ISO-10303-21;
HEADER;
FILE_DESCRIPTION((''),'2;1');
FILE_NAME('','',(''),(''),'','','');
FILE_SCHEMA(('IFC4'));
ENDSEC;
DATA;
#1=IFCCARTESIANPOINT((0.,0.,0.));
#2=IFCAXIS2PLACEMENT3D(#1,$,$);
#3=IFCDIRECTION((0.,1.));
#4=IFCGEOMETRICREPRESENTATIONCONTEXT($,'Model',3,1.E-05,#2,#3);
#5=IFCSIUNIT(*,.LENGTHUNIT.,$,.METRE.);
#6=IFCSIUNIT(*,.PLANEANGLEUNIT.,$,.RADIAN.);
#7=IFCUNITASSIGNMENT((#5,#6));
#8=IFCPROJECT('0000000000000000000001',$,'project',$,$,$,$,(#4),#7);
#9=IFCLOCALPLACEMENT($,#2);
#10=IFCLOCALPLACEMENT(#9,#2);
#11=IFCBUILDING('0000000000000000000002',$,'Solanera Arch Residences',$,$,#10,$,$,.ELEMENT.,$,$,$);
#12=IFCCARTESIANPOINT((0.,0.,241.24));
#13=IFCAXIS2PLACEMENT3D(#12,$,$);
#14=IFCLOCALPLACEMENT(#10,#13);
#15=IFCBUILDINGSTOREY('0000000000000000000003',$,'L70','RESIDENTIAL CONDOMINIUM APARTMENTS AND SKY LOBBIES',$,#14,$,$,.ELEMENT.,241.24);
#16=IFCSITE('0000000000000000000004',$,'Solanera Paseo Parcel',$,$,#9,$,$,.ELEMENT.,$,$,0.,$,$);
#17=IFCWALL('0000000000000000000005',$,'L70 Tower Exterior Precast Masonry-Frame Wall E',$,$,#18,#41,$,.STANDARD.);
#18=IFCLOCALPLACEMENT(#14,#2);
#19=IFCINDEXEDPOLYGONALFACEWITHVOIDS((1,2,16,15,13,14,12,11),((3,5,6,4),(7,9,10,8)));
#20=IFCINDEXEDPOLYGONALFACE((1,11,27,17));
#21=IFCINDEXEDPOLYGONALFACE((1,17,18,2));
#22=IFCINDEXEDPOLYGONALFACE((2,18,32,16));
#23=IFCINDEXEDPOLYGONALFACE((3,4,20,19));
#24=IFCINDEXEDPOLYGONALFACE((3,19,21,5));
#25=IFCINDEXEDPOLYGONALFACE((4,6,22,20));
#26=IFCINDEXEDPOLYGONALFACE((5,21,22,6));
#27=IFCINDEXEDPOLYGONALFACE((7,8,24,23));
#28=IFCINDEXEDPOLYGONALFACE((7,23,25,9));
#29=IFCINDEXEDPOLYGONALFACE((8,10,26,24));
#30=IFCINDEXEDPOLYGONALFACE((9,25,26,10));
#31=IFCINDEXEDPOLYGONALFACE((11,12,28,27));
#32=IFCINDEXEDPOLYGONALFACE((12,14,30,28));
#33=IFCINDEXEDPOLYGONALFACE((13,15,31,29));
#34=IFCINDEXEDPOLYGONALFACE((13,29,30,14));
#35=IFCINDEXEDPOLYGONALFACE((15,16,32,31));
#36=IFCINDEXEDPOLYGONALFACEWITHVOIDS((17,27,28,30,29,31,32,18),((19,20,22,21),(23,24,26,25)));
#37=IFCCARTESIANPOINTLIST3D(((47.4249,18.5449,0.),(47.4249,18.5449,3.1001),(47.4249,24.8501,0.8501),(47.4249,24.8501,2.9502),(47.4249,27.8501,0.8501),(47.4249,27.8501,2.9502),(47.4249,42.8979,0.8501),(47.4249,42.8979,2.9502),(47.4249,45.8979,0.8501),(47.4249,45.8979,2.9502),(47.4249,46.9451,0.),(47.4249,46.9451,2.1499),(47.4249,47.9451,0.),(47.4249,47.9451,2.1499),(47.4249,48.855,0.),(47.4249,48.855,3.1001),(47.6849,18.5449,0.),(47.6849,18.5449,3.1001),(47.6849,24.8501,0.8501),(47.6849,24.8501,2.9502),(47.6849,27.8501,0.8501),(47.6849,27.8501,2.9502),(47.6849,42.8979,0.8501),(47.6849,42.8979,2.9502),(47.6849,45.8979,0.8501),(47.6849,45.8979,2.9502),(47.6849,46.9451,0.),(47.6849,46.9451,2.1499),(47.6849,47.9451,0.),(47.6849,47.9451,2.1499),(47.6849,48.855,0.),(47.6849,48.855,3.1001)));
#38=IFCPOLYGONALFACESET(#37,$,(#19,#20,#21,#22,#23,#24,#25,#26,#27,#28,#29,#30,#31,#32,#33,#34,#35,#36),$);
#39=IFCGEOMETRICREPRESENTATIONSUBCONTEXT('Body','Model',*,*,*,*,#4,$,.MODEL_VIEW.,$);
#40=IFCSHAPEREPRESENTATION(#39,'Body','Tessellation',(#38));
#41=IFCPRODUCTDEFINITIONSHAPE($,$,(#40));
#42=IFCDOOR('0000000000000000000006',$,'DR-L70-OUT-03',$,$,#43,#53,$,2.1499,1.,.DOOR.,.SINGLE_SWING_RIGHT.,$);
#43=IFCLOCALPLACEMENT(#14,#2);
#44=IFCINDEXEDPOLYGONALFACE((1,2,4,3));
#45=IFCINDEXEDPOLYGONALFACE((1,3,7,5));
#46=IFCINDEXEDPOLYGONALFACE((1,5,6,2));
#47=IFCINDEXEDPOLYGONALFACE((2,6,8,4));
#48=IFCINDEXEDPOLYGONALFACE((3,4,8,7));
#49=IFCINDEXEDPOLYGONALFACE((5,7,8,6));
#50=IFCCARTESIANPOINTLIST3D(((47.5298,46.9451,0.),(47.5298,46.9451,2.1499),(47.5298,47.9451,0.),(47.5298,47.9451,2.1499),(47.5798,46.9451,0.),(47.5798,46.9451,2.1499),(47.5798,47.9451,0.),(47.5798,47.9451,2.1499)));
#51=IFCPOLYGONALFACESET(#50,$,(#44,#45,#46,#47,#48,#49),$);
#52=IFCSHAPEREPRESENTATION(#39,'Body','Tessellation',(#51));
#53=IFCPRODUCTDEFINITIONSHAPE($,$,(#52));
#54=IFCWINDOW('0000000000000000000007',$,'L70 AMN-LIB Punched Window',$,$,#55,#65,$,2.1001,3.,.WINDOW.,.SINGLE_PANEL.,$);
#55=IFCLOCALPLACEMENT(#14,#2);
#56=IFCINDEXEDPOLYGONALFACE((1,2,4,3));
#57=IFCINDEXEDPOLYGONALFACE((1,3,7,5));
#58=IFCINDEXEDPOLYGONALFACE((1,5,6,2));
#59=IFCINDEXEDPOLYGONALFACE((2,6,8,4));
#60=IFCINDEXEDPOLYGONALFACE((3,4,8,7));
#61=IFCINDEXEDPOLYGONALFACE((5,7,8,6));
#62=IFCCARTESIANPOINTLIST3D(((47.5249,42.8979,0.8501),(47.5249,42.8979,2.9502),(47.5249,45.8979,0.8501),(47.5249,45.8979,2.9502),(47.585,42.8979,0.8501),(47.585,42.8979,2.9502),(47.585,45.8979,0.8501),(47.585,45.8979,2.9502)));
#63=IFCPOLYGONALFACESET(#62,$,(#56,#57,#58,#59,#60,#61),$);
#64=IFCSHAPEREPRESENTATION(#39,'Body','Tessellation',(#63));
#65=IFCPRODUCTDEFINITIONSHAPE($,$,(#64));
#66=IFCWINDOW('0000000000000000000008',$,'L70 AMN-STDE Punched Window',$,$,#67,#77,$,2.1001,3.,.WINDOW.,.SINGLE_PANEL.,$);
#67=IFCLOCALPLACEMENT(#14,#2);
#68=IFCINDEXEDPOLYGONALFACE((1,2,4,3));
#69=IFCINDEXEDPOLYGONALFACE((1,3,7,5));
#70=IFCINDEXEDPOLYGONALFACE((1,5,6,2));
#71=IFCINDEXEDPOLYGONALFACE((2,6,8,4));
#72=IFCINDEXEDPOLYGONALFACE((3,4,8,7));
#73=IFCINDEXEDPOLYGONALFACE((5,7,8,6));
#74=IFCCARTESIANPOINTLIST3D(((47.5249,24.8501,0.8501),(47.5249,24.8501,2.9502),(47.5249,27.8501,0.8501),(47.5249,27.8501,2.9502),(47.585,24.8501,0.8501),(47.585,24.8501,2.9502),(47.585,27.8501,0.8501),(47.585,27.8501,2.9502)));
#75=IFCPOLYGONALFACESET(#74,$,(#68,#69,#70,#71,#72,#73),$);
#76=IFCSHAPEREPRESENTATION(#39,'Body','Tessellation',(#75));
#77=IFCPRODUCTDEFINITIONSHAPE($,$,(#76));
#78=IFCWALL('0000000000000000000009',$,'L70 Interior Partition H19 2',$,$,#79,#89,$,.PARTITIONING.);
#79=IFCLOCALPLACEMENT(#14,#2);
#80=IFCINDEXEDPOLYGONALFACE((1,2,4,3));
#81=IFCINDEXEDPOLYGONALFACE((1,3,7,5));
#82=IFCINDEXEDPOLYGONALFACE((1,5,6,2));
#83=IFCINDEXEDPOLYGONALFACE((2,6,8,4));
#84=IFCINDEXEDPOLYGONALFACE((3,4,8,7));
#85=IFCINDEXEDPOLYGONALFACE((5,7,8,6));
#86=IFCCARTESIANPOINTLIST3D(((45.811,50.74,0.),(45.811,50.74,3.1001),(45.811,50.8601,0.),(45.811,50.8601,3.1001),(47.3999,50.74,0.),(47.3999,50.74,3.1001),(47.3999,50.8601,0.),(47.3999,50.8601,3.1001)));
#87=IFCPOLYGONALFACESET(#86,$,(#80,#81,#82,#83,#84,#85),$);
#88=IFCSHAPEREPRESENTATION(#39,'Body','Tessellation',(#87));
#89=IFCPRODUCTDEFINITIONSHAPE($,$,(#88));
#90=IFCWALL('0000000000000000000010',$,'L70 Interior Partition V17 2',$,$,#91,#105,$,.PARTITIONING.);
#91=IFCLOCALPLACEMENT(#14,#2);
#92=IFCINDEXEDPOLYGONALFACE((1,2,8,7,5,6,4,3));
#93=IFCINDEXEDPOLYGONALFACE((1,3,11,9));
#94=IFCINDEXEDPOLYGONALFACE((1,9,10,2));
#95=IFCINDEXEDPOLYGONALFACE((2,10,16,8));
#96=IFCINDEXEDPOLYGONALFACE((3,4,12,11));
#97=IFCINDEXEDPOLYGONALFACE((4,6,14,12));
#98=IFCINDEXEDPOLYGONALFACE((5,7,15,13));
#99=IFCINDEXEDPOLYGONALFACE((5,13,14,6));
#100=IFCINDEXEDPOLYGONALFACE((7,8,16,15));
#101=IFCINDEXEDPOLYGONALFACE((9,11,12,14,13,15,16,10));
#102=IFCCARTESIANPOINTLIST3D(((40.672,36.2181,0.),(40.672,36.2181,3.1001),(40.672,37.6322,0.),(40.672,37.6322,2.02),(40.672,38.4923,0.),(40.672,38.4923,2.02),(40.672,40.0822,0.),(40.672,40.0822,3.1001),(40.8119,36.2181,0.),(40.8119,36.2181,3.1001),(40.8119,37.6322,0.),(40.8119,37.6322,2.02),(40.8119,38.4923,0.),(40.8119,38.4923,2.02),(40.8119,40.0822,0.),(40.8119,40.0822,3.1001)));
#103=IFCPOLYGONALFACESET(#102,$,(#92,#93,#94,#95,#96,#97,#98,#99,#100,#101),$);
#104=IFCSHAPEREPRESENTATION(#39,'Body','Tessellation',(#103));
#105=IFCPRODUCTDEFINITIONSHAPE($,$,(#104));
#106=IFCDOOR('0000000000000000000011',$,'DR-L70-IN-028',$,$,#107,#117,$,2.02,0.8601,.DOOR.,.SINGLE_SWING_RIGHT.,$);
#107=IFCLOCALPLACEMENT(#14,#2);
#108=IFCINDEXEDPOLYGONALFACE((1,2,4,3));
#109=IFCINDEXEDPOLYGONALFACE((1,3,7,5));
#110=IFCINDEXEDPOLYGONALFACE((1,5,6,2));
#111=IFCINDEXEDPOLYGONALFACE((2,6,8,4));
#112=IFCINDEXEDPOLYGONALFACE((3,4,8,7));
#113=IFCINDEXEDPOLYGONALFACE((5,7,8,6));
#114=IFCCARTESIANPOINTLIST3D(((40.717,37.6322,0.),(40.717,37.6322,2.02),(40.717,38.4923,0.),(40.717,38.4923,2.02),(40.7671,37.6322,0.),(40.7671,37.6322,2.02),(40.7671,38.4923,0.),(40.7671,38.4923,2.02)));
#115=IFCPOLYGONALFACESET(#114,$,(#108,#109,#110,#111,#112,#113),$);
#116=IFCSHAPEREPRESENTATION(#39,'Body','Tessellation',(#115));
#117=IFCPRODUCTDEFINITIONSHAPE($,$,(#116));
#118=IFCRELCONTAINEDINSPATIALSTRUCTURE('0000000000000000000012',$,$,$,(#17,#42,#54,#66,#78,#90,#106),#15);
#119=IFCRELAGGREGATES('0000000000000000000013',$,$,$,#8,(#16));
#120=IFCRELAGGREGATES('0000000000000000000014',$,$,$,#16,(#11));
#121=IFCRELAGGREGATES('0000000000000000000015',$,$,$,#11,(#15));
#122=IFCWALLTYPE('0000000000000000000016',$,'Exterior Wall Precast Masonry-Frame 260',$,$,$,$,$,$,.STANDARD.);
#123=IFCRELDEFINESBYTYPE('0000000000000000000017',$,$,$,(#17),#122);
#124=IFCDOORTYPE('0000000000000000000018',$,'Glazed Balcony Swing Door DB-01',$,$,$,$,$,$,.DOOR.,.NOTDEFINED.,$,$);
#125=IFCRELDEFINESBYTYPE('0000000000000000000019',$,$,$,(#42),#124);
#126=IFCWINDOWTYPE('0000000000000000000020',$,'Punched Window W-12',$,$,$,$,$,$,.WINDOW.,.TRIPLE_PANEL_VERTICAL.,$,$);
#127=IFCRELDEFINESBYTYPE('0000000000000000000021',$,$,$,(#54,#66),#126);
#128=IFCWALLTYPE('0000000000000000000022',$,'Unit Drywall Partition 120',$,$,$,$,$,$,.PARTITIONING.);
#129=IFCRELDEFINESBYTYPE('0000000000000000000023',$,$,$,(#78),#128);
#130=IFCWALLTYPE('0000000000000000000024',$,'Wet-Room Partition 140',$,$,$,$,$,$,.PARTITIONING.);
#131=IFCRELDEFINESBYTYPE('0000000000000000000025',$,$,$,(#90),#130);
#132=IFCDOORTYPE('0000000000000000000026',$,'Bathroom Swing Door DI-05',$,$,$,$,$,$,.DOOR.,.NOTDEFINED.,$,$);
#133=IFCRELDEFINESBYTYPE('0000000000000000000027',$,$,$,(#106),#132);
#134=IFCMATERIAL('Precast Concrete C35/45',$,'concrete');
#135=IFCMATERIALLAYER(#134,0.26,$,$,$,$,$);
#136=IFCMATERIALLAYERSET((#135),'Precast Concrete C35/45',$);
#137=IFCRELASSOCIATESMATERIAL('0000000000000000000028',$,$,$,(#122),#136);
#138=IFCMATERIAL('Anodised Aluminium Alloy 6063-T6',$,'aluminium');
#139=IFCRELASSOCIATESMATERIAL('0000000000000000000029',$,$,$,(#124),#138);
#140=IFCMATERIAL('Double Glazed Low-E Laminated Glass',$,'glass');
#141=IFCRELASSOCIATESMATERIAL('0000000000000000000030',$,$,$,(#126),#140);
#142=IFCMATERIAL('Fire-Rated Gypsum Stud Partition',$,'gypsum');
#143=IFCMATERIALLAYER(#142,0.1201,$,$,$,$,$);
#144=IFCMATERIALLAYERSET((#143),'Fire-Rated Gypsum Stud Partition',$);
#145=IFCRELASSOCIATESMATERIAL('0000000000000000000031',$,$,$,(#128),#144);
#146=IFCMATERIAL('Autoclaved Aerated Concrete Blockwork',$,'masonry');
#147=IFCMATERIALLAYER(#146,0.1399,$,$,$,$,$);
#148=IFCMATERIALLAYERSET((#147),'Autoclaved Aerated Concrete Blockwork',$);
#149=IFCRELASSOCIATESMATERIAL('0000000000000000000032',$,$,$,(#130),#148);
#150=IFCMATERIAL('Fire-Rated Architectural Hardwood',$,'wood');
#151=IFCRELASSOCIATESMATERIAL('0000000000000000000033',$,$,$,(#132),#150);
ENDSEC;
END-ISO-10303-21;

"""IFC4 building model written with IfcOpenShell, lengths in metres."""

from ifc_helpers import new_model, si_unit, direction, frame, frame_2d, origin, place, context, subcontext, project, spatial, rectangle, extrude, material, layer, layer_set, type_object, element, fill, save


model = new_model("IFC4")

# Units and contexts
model_context = context("Model", 3, precision=1e-05, world=origin(), true_north=direction((0.0, 1.0)))
body_context = subcontext(model_context, "Body", "Model", "MODEL_VIEW")
ifc_project = project(units=[si_unit("LENGTHUNIT", "METRE"), si_unit("PLANEANGLEUNIT", "RADIAN")], contexts=[model_context])

# Site, building, storey
site_placement = place(None, origin())
site = spatial("IfcSite", under=ifc_project, at=site_placement, Name="Solanera Paseo Parcel", CompositionType="ELEMENT", RefElevation=0.0)
building_placement = place(site_placement, origin())
building = spatial("IfcBuilding", under=site, at=building_placement, Name="Solanera Arch Residences", CompositionType="ELEMENT")
storey_placement = place(building_placement, frame((0.0, 0.0, 241.24)))
storey = spatial("IfcBuildingStorey", under=building, at=storey_placement, Name="L70", Description="RESIDENTIAL CONDOMINIUM APARTMENTS AND SKY LOBBIES", CompositionType="ELEMENT", Elevation=241.24)

# Shared definitions
ifc_material_1 = material(Name="Precast Concrete C35/45", Category="concrete")
ifc_layer_1 = layer(ifc_material_1, 0.26)
ifc_layer_set_1 = layer_set([ifc_layer_1], Name="Precast Concrete C35/45")
wall_type_1 = type_object("IfcWallType", Name="Exterior Wall Precast Masonry-Frame 260", PredefinedType="STANDARD", material=ifc_layer_set_1)

# Wall, openings, door, windows
wall_1_placement = place(storey_placement, frame((47.5549, 48.855, 0.0), z_axis=(0.0, 0.0, 1.0), x_axis=(0.0, -1.0, 0.0)))
wall_1 = element("IfcWall", 1, at=wall_1_placement, inside=storey, type_object=wall_type_1, Name="L70 Tower Exterior Precast Masonry-Frame Wall E", PredefinedType="STANDARD", context=body_context, shape_type="SweptSolid", body=[
    extrude(rectangle(XDim=30.3101, YDim=0.26, at=frame_2d((15.155, 0.0))), origin(), (0.0, 0.0, 1.0), 3.1001),
])
opening_1_placement = place(wall_1_placement, frame((0.9099, 0.0, 0.0)))
opening_1 = element("IfcOpeningElement", 2, at=opening_1_placement, cuts=wall_1, PredefinedType="OPENING", context=body_context, shape_type="SweptSolid", body=[
    extrude(rectangle(XDim=1.0, YDim=2.1499, at=frame_2d((0.5, 1.075))), frame((0.0, 0.1399, 0.0), z_axis=(0.0, -1.0, 0.0), x_axis=(1.0, 0.0, 0.0)), (0.0, 0.0, 1.0), 0.28),
])
opening_2_placement = place(wall_1_placement, frame((2.957, 0.0, 0.8501)))
opening_2 = element("IfcOpeningElement", 3, at=opening_2_placement, cuts=wall_1, PredefinedType="OPENING", context=body_context, shape_type="SweptSolid", body=[
    extrude(rectangle(XDim=3.0, YDim=2.1001, at=frame_2d((1.5, 1.05))), frame((0.0, 0.1399, 0.0), z_axis=(0.0, -1.0, 0.0), x_axis=(1.0, 0.0, 0.0)), (0.0, 0.0, 1.0), 0.28),
])
opening_3_placement = place(wall_1_placement, frame((21.0049, 0.0, 0.8501)))
opening_3 = element("IfcOpeningElement", 4, at=opening_3_placement, cuts=wall_1, PredefinedType="OPENING", context=body_context, shape_type="SweptSolid", body=[
    extrude(rectangle(XDim=3.0, YDim=2.1001, at=frame_2d((1.5, 1.05))), frame((0.0, 0.1399, 0.0), z_axis=(0.0, -1.0, 0.0), x_axis=(1.0, 0.0, 0.0)), (0.0, 0.0, 1.0), 0.28),
])
ifc_material_2 = material(Name="Anodised Aluminium Alloy 6063-T6", Category="aluminium")
door_type_1 = type_object("IfcDoorType", Name="Glazed Balcony Swing Door DB-01", OperationType="NOTDEFINED", PredefinedType="DOOR", material=ifc_material_2)
door_1_placement = place(opening_1_placement, origin())
door_1 = element("IfcDoor", 5, at=door_1_placement, inside=storey, type_object=door_type_1, Name="DR-L70-OUT-03", OperationType="SINGLE_SWING_RIGHT", OverallHeight=2.1499, OverallWidth=1.0, PredefinedType="DOOR", context=body_context, shape_type="SweptSolid", body=[
    extrude(rectangle(XDim=1.0, YDim=2.1499, at=frame_2d((0.5, 1.075))), frame((0.0, 0.0249, 0.0), z_axis=(0.0, -1.0, 0.0), x_axis=(1.0, 0.0, 0.0)), (0.0, 0.0, 1.0), 0.05),
])
fill(opening_1, door_1)
ifc_material_3 = material(Name="Double Glazed Low-E Laminated Glass", Category="glass")
window_type = type_object("IfcWindowType", Name="Punched Window W-12", PartitioningType="TRIPLE_PANEL_VERTICAL", PredefinedType="WINDOW", material=ifc_material_3)
window_1_placement = place(opening_2_placement, origin())
window_1 = element("IfcWindow", 6, at=window_1_placement, inside=storey, type_object=window_type, Name="L70 AMN-LIB Punched Window", OverallHeight=2.1001, OverallWidth=3.0, PartitioningType="SINGLE_PANEL", PredefinedType="WINDOW", context=body_context, shape_type="SweptSolid", body=[
    extrude(rectangle(XDim=3.0, YDim=2.1001, at=frame_2d((1.5, 1.05))), frame((0.0, 0.03, 0.0), z_axis=(0.0, -1.0, 0.0), x_axis=(1.0, 0.0, 0.0)), (0.0, 0.0, 1.0), 0.0601),
])
fill(opening_2, window_1)
window_2_placement = place(opening_3_placement, origin())
window_2 = element("IfcWindow", 7, at=window_2_placement, inside=storey, type_object=window_type, Name="L70 AMN-STDE Punched Window", OverallHeight=2.1001, OverallWidth=3.0, PartitioningType="SINGLE_PANEL", PredefinedType="WINDOW", context=body_context, shape_type="SweptSolid", body=[
    extrude(rectangle(XDim=3.0, YDim=2.1001, at=frame_2d((1.5, 1.05))), frame((0.0, 0.03, 0.0), z_axis=(0.0, -1.0, 0.0), x_axis=(1.0, 0.0, 0.0)), (0.0, 0.0, 1.0), 0.0601),
])
fill(opening_3, window_2)

# Wall
ifc_material_4 = material(Name="Fire-Rated Gypsum Stud Partition", Category="gypsum")
ifc_layer_2 = layer(ifc_material_4, 0.1201)
ifc_layer_set_2 = layer_set([ifc_layer_2], Name="Fire-Rated Gypsum Stud Partition")
wall_type_2 = type_object("IfcWallType", Name="Unit Drywall Partition 120", PredefinedType="PARTITIONING", material=ifc_layer_set_2)
wall_2_placement = place(storey_placement, frame((45.811, 50.8, 0.0), z_axis=(0.0, 0.0, 1.0), x_axis=(1.0, 0.0, 0.0)))
element("IfcWall", 8, at=wall_2_placement, inside=storey, type_object=wall_type_2, Name="L70 Interior Partition H19 2", PredefinedType="PARTITIONING", context=body_context, shape_type="SweptSolid", body=[
    extrude(rectangle(XDim=1.5889, YDim=0.1201, at=frame_2d((0.7944, 0.0))), origin(), (0.0, 0.0, 1.0), 3.1001),
])

# Wall, opening, door
ifc_material_5 = material(Name="Autoclaved Aerated Concrete Blockwork", Category="masonry")
ifc_layer_3 = layer(ifc_material_5, 0.1399)
ifc_layer_set_3 = layer_set([ifc_layer_3], Name="Autoclaved Aerated Concrete Blockwork")
wall_type_3 = type_object("IfcWallType", Name="Wet-Room Partition 140", PredefinedType="PARTITIONING", material=ifc_layer_set_3)
wall_3_placement = place(storey_placement, frame((40.7419, 36.218, 0.0), z_axis=(0.0, 0.0, 1.0), x_axis=(0.0, 1.0, 0.0)))
wall_3 = element("IfcWall", 9, at=wall_3_placement, inside=storey, type_object=wall_type_3, Name="L70 Interior Partition V17 2", PredefinedType="PARTITIONING", context=body_context, shape_type="SweptSolid", body=[
    extrude(rectangle(XDim=3.864, YDim=0.1399, at=frame_2d((1.9321, 0.0))), origin(), (0.0, 0.0, 1.0), 3.1001),
])
opening_4_placement = place(wall_3_placement, frame((1.4141, 0.0, 0.0)))
opening_4 = element("IfcOpeningElement", 10, at=opening_4_placement, cuts=wall_3, PredefinedType="OPENING", context=body_context, shape_type="SweptSolid", body=[
    extrude(rectangle(XDim=0.8601, YDim=2.02, at=frame_2d((0.4302, 1.01))), frame((0.0, 0.0798, 0.0), z_axis=(0.0, -1.0, 0.0), x_axis=(1.0, 0.0, 0.0)), (0.0, 0.0, 1.0), 0.1599),
])
ifc_material_6 = material(Name="Fire-Rated Architectural Hardwood", Category="wood")
door_type_2 = type_object("IfcDoorType", Name="Bathroom Swing Door DI-05", OperationType="NOTDEFINED", PredefinedType="DOOR", material=ifc_material_6)
door_2_placement = place(opening_4_placement, origin())
door_2 = element("IfcDoor", 11, at=door_2_placement, inside=storey, type_object=door_type_2, Name="DR-L70-IN-028", OperationType="SINGLE_SWING_RIGHT", OverallHeight=2.02, OverallWidth=0.8601, PredefinedType="DOOR", context=body_context, shape_type="SweptSolid", body=[
    extrude(rectangle(XDim=0.8601, YDim=2.02, at=frame_2d((0.4302, 1.01))), frame((0.0, 0.0249, 0.0), z_axis=(0.0, -1.0, 0.0), x_axis=(1.0, 0.0, 0.0)), (0.0, 0.0, 1.0), 0.05),
])
fill(opening_4, door_2)

save(model, "model.ifc")
